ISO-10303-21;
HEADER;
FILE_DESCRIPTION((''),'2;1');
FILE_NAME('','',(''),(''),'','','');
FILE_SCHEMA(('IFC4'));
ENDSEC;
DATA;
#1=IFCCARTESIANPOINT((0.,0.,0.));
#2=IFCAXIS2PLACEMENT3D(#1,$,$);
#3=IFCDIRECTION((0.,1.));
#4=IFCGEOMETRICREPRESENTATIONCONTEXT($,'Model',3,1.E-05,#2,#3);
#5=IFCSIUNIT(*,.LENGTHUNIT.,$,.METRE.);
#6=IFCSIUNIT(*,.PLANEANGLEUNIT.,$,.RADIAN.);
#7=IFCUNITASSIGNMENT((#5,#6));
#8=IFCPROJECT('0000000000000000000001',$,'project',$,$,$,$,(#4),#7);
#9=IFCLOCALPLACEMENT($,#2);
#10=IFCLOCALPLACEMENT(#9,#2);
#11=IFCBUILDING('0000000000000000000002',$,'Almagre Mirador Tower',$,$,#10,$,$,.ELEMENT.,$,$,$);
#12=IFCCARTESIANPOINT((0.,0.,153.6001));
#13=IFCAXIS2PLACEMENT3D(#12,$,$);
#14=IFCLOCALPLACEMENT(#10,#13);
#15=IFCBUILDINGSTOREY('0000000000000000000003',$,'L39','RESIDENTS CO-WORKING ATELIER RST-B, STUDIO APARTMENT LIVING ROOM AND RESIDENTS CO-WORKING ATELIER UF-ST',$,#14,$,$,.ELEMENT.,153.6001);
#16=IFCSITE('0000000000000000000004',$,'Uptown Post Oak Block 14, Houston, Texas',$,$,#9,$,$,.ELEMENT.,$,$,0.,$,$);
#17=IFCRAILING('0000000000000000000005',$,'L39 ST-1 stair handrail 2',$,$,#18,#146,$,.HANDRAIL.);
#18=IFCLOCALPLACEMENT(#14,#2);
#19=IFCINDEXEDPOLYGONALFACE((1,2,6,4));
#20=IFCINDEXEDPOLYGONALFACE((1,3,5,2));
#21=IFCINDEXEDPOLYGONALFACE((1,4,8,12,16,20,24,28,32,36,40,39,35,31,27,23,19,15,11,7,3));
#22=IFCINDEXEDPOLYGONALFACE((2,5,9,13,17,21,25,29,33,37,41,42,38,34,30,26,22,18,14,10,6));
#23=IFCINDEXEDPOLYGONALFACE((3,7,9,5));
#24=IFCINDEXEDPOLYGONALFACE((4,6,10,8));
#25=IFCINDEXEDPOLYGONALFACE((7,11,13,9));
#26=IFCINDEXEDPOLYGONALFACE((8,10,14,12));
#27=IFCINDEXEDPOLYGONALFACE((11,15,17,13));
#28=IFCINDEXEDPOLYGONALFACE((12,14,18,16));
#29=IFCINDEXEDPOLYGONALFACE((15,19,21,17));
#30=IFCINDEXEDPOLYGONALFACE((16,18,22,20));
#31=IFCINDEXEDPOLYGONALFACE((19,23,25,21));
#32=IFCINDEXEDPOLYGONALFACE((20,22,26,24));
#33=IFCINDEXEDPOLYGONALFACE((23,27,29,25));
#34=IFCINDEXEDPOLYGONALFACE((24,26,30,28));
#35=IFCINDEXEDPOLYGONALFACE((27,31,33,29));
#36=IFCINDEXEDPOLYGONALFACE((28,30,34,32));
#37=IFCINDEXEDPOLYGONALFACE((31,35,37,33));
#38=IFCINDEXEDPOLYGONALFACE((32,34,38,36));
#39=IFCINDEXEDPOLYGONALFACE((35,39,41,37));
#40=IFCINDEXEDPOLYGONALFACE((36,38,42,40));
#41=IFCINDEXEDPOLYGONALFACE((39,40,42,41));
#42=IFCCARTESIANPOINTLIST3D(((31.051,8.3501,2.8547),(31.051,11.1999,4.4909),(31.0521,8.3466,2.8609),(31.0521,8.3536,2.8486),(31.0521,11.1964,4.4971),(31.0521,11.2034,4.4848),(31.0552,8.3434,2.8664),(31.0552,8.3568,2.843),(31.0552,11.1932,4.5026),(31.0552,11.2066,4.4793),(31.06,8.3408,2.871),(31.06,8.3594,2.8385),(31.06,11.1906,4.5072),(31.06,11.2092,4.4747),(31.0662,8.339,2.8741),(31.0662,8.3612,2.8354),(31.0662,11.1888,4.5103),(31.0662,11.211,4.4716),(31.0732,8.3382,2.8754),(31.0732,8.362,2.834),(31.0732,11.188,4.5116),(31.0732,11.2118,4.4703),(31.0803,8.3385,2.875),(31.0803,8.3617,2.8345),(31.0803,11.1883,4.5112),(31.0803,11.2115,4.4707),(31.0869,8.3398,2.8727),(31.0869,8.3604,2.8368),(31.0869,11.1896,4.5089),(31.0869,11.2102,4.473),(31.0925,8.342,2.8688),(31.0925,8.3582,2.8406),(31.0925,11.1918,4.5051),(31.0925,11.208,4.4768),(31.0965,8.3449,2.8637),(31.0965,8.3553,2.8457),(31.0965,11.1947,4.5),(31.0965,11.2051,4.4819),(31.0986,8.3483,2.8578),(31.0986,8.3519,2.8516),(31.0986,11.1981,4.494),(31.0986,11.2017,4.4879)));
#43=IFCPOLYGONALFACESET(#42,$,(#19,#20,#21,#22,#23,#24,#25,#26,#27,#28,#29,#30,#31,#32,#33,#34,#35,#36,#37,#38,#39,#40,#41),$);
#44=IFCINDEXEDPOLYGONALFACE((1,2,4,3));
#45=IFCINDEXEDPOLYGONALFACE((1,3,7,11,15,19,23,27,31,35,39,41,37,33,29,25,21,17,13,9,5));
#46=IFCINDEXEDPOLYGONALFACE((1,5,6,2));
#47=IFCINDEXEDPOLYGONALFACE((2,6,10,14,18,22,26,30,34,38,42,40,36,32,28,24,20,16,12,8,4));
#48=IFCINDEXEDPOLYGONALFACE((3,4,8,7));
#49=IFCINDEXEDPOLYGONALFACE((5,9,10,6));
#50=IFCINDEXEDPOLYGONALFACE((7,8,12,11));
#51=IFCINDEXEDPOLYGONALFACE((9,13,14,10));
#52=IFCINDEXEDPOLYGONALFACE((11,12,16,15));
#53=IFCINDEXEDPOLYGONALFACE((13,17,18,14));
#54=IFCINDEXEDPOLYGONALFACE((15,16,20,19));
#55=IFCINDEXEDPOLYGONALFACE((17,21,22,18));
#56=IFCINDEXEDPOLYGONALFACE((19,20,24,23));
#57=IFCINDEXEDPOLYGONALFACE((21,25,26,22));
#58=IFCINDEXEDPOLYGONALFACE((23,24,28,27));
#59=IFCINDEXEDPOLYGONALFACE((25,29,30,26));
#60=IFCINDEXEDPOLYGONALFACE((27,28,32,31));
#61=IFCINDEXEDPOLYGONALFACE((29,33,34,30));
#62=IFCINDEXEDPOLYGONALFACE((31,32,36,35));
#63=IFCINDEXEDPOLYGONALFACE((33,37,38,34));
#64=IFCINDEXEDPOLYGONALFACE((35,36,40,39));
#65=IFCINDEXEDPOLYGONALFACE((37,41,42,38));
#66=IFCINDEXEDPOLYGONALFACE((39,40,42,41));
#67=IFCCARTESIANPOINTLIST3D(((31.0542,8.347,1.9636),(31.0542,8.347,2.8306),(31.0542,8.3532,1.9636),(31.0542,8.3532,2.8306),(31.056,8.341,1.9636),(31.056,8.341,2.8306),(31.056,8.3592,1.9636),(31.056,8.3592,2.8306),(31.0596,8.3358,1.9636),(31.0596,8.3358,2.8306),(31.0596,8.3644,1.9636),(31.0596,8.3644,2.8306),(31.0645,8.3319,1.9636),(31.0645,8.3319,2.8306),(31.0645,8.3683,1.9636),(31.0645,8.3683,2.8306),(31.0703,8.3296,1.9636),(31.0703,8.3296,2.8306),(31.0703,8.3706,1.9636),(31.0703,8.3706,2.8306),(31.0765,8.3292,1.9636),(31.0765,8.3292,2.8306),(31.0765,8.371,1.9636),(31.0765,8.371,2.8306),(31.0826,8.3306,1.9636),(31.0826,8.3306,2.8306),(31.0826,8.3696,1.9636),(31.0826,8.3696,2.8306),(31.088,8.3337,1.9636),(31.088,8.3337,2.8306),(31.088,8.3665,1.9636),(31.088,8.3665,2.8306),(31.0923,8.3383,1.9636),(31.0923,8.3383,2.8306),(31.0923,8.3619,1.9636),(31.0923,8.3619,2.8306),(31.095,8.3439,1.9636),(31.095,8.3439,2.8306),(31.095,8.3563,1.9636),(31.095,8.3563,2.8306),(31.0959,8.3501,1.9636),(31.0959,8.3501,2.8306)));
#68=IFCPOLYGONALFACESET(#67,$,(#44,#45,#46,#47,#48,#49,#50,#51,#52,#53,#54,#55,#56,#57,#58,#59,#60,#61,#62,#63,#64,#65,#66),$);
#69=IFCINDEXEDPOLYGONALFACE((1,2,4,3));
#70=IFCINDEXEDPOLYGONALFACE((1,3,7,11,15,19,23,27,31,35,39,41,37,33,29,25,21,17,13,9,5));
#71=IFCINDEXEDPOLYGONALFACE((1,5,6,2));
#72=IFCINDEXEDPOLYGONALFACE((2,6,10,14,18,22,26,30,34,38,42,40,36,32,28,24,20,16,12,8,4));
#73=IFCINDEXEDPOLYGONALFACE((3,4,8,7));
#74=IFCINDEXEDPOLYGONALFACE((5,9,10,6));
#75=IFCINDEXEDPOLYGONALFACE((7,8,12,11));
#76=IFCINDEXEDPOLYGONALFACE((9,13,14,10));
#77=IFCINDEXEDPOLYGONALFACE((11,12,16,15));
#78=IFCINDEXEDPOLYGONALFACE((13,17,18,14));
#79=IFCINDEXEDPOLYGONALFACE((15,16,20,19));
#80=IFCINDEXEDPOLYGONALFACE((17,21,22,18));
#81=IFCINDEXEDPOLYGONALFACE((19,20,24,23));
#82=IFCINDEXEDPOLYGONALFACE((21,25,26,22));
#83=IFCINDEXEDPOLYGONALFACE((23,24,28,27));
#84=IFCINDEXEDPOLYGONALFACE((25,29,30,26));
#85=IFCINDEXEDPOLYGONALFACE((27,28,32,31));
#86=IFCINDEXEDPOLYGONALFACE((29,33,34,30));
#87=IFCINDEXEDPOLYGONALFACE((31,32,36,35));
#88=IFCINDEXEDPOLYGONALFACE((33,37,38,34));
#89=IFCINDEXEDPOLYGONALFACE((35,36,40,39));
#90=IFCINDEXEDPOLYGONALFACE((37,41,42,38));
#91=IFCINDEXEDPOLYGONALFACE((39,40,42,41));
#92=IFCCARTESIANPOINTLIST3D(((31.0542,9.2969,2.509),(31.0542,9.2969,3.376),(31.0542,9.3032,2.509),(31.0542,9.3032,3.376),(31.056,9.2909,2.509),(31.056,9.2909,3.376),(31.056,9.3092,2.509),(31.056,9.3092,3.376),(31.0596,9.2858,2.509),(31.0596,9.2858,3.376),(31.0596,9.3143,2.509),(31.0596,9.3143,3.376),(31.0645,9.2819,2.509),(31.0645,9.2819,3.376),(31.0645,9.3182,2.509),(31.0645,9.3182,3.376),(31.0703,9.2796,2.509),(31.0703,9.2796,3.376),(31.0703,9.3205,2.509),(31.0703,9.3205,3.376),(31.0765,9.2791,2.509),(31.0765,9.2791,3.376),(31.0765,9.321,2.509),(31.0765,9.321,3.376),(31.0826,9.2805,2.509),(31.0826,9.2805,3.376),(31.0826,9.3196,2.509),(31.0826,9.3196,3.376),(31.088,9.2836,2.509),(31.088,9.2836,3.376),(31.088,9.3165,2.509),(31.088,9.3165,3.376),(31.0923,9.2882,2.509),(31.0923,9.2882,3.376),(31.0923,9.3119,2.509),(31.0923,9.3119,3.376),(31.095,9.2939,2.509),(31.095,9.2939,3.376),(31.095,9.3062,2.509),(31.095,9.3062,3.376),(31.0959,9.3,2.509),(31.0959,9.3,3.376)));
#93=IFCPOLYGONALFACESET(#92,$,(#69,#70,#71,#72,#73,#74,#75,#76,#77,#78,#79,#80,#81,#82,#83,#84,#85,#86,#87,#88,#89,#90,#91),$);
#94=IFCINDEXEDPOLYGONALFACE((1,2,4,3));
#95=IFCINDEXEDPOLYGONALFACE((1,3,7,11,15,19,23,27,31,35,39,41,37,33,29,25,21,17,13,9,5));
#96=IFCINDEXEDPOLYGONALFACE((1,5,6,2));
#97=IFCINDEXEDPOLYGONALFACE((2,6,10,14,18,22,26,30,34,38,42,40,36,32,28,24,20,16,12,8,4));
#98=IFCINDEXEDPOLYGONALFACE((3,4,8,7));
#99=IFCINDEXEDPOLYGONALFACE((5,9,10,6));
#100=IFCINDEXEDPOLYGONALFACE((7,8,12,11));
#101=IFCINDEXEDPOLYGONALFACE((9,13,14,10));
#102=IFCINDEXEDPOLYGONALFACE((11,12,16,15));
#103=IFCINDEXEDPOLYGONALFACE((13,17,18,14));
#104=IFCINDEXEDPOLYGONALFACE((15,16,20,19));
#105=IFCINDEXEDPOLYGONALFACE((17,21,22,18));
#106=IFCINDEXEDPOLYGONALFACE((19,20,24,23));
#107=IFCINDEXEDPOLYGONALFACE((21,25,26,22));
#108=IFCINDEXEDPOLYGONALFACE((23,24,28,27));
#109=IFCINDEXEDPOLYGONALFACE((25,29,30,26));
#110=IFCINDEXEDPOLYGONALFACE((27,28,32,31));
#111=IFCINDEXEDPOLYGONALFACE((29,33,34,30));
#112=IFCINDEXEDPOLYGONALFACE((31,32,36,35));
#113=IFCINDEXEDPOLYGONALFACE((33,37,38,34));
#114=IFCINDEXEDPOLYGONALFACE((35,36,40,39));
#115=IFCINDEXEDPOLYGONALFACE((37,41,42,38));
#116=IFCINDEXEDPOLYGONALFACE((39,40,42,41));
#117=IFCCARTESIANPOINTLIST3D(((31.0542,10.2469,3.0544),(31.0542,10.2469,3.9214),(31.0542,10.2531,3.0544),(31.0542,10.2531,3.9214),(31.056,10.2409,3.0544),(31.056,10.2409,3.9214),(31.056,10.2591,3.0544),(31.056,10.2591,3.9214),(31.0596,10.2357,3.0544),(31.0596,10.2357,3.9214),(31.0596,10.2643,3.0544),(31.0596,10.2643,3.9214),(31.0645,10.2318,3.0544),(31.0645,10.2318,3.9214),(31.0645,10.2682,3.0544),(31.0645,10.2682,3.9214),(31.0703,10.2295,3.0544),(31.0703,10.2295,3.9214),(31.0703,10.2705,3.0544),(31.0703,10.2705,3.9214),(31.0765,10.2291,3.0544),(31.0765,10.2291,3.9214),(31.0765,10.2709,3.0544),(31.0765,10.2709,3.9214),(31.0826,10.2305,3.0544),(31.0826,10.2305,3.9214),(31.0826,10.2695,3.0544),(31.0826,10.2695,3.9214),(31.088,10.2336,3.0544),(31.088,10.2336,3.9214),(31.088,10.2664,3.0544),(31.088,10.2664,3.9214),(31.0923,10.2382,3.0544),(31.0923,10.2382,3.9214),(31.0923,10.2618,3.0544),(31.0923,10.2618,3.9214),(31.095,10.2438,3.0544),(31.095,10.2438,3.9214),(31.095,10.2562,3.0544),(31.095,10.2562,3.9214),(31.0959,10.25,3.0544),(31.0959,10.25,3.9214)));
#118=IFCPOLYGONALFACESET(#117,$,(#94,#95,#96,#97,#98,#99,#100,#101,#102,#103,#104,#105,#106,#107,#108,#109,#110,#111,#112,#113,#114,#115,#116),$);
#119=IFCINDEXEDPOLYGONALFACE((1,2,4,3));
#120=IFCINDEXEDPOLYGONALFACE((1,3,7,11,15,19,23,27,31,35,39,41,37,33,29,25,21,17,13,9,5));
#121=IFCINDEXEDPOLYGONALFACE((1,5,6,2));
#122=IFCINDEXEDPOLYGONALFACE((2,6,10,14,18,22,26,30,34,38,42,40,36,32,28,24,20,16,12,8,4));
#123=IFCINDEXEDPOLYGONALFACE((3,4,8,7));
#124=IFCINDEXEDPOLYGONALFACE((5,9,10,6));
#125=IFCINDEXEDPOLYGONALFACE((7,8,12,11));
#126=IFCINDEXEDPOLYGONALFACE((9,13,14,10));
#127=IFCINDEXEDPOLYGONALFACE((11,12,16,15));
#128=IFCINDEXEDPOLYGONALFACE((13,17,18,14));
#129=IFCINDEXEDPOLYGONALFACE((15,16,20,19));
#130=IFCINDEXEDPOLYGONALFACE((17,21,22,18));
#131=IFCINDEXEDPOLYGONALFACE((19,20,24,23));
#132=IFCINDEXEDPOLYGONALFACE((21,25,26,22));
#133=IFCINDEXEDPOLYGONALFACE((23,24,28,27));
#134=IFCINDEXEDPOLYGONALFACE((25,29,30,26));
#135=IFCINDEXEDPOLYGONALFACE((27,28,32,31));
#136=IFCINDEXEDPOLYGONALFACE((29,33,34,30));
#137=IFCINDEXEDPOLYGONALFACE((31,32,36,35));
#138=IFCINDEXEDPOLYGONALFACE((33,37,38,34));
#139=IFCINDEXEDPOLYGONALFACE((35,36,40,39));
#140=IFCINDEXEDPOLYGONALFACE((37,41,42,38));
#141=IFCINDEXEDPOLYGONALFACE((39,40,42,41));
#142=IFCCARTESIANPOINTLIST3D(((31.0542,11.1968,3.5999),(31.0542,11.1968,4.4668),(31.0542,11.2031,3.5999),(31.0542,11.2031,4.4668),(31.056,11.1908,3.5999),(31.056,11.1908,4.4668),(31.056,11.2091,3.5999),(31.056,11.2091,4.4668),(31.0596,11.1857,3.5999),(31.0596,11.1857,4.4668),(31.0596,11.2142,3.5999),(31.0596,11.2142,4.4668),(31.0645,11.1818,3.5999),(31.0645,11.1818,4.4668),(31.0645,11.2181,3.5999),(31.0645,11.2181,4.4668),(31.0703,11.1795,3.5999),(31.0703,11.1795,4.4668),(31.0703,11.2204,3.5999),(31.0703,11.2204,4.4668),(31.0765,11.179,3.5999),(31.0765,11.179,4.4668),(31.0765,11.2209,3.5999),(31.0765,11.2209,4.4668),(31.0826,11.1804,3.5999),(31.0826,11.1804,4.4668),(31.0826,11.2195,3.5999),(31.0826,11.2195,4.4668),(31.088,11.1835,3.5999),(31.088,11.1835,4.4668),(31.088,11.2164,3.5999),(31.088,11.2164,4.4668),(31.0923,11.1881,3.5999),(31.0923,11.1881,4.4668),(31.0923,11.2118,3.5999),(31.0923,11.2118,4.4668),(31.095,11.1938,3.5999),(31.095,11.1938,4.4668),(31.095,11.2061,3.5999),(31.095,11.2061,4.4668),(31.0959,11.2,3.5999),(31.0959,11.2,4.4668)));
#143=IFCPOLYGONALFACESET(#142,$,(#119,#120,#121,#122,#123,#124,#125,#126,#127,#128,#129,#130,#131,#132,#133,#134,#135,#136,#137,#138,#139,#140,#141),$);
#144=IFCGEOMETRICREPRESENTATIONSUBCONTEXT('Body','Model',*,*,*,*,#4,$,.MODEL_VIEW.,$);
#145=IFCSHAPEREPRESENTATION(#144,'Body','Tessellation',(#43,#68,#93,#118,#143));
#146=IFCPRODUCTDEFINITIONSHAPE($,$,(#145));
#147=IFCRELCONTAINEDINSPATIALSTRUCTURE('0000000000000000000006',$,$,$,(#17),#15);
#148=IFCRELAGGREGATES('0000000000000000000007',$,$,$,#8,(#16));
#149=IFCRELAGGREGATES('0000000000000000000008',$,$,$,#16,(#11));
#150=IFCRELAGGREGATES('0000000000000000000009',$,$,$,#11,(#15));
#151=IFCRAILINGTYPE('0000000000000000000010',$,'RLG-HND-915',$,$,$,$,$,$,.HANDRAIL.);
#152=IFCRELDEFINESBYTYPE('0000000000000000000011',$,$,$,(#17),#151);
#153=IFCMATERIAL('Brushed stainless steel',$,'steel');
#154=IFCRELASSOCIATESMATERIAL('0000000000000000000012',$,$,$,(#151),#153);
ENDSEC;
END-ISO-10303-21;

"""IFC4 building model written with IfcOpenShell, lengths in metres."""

from ifc_helpers import new_model, si_unit, direction, frame, origin, origin_2d, place, context, subcontext, project, spatial, circle, extrude, material, type_object, element, save


model = new_model("IFC4")

# Units and contexts
model_context = context("Model", 3, precision=1e-05, world=origin(), true_north=direction((0.0, 1.0)))
body_context = subcontext(model_context, "Body", "Model", "MODEL_VIEW")
ifc_project = project(units=[si_unit("LENGTHUNIT", "METRE"), si_unit("PLANEANGLEUNIT", "RADIAN")], contexts=[model_context])

# Site, building, storey
site_placement = place(None, origin())
site = spatial("IfcSite", under=ifc_project, at=site_placement, Name="Uptown Post Oak Block 14, Houston, Texas", CompositionType="ELEMENT", RefElevation=0.0)
building_placement = place(site_placement, origin())
building = spatial("IfcBuilding", under=site, at=building_placement, Name="Almagre Mirador Tower", CompositionType="ELEMENT")
storey_placement = place(building_placement, frame((0.0, 0.0, 153.6001)))
storey = spatial("IfcBuildingStorey", under=building, at=storey_placement, Name="L39", Description="RESIDENTS CO-WORKING ATELIER RST-B, STUDIO APARTMENT LIVING ROOM AND RESIDENTS CO-WORKING ATELIER UF-ST", CompositionType="ELEMENT", Elevation=153.6001)

# Railing
ifc_material_1 = material(Name="Brushed stainless steel", Category="steel")
railing_type_1 = type_object("IfcRailingType", Name="RLG-HND-915", PredefinedType="HANDRAIL", material=ifc_material_1)
railing_1_placement = place(storey_placement, frame((31.075, 8.3501, 1.9636)))
element("IfcRailing", 1, at=railing_1_placement, inside=storey, type_object=railing_type_1, Name="L39 ST-1 stair handrail 2", PredefinedType="HANDRAIL", context=body_context, shape_type="SweptSolid", body=[
    extrude(circle(Radius=0.0239, at=origin_2d()), frame((0.0, 0.0, 0.8911), z_axis=(0.0, 0.867226, 0.497914), x_axis=(-1.0, 0.0, 0.0)), (0.0, 0.0, 1.0), 3.2861),
    extrude(circle(Radius=0.021, at=origin_2d()), origin(), (0.0, 0.0, 1.0), 0.8669),
    extrude(circle(Radius=0.021, at=origin_2d()), frame((0.0, 0.95, 0.5454)), (0.0, 0.0, 1.0), 0.8669),
    extrude(circle(Radius=0.021, at=origin_2d()), frame((0.0, 1.8999, 1.0908)), (0.0, 0.0, 1.0), 0.8669),
    extrude(circle(Radius=0.021, at=origin_2d()), frame((0.0, 2.8499, 1.6362)), (0.0, 0.0, 1.0), 0.8669),
])

save(model, "model.ifc")
